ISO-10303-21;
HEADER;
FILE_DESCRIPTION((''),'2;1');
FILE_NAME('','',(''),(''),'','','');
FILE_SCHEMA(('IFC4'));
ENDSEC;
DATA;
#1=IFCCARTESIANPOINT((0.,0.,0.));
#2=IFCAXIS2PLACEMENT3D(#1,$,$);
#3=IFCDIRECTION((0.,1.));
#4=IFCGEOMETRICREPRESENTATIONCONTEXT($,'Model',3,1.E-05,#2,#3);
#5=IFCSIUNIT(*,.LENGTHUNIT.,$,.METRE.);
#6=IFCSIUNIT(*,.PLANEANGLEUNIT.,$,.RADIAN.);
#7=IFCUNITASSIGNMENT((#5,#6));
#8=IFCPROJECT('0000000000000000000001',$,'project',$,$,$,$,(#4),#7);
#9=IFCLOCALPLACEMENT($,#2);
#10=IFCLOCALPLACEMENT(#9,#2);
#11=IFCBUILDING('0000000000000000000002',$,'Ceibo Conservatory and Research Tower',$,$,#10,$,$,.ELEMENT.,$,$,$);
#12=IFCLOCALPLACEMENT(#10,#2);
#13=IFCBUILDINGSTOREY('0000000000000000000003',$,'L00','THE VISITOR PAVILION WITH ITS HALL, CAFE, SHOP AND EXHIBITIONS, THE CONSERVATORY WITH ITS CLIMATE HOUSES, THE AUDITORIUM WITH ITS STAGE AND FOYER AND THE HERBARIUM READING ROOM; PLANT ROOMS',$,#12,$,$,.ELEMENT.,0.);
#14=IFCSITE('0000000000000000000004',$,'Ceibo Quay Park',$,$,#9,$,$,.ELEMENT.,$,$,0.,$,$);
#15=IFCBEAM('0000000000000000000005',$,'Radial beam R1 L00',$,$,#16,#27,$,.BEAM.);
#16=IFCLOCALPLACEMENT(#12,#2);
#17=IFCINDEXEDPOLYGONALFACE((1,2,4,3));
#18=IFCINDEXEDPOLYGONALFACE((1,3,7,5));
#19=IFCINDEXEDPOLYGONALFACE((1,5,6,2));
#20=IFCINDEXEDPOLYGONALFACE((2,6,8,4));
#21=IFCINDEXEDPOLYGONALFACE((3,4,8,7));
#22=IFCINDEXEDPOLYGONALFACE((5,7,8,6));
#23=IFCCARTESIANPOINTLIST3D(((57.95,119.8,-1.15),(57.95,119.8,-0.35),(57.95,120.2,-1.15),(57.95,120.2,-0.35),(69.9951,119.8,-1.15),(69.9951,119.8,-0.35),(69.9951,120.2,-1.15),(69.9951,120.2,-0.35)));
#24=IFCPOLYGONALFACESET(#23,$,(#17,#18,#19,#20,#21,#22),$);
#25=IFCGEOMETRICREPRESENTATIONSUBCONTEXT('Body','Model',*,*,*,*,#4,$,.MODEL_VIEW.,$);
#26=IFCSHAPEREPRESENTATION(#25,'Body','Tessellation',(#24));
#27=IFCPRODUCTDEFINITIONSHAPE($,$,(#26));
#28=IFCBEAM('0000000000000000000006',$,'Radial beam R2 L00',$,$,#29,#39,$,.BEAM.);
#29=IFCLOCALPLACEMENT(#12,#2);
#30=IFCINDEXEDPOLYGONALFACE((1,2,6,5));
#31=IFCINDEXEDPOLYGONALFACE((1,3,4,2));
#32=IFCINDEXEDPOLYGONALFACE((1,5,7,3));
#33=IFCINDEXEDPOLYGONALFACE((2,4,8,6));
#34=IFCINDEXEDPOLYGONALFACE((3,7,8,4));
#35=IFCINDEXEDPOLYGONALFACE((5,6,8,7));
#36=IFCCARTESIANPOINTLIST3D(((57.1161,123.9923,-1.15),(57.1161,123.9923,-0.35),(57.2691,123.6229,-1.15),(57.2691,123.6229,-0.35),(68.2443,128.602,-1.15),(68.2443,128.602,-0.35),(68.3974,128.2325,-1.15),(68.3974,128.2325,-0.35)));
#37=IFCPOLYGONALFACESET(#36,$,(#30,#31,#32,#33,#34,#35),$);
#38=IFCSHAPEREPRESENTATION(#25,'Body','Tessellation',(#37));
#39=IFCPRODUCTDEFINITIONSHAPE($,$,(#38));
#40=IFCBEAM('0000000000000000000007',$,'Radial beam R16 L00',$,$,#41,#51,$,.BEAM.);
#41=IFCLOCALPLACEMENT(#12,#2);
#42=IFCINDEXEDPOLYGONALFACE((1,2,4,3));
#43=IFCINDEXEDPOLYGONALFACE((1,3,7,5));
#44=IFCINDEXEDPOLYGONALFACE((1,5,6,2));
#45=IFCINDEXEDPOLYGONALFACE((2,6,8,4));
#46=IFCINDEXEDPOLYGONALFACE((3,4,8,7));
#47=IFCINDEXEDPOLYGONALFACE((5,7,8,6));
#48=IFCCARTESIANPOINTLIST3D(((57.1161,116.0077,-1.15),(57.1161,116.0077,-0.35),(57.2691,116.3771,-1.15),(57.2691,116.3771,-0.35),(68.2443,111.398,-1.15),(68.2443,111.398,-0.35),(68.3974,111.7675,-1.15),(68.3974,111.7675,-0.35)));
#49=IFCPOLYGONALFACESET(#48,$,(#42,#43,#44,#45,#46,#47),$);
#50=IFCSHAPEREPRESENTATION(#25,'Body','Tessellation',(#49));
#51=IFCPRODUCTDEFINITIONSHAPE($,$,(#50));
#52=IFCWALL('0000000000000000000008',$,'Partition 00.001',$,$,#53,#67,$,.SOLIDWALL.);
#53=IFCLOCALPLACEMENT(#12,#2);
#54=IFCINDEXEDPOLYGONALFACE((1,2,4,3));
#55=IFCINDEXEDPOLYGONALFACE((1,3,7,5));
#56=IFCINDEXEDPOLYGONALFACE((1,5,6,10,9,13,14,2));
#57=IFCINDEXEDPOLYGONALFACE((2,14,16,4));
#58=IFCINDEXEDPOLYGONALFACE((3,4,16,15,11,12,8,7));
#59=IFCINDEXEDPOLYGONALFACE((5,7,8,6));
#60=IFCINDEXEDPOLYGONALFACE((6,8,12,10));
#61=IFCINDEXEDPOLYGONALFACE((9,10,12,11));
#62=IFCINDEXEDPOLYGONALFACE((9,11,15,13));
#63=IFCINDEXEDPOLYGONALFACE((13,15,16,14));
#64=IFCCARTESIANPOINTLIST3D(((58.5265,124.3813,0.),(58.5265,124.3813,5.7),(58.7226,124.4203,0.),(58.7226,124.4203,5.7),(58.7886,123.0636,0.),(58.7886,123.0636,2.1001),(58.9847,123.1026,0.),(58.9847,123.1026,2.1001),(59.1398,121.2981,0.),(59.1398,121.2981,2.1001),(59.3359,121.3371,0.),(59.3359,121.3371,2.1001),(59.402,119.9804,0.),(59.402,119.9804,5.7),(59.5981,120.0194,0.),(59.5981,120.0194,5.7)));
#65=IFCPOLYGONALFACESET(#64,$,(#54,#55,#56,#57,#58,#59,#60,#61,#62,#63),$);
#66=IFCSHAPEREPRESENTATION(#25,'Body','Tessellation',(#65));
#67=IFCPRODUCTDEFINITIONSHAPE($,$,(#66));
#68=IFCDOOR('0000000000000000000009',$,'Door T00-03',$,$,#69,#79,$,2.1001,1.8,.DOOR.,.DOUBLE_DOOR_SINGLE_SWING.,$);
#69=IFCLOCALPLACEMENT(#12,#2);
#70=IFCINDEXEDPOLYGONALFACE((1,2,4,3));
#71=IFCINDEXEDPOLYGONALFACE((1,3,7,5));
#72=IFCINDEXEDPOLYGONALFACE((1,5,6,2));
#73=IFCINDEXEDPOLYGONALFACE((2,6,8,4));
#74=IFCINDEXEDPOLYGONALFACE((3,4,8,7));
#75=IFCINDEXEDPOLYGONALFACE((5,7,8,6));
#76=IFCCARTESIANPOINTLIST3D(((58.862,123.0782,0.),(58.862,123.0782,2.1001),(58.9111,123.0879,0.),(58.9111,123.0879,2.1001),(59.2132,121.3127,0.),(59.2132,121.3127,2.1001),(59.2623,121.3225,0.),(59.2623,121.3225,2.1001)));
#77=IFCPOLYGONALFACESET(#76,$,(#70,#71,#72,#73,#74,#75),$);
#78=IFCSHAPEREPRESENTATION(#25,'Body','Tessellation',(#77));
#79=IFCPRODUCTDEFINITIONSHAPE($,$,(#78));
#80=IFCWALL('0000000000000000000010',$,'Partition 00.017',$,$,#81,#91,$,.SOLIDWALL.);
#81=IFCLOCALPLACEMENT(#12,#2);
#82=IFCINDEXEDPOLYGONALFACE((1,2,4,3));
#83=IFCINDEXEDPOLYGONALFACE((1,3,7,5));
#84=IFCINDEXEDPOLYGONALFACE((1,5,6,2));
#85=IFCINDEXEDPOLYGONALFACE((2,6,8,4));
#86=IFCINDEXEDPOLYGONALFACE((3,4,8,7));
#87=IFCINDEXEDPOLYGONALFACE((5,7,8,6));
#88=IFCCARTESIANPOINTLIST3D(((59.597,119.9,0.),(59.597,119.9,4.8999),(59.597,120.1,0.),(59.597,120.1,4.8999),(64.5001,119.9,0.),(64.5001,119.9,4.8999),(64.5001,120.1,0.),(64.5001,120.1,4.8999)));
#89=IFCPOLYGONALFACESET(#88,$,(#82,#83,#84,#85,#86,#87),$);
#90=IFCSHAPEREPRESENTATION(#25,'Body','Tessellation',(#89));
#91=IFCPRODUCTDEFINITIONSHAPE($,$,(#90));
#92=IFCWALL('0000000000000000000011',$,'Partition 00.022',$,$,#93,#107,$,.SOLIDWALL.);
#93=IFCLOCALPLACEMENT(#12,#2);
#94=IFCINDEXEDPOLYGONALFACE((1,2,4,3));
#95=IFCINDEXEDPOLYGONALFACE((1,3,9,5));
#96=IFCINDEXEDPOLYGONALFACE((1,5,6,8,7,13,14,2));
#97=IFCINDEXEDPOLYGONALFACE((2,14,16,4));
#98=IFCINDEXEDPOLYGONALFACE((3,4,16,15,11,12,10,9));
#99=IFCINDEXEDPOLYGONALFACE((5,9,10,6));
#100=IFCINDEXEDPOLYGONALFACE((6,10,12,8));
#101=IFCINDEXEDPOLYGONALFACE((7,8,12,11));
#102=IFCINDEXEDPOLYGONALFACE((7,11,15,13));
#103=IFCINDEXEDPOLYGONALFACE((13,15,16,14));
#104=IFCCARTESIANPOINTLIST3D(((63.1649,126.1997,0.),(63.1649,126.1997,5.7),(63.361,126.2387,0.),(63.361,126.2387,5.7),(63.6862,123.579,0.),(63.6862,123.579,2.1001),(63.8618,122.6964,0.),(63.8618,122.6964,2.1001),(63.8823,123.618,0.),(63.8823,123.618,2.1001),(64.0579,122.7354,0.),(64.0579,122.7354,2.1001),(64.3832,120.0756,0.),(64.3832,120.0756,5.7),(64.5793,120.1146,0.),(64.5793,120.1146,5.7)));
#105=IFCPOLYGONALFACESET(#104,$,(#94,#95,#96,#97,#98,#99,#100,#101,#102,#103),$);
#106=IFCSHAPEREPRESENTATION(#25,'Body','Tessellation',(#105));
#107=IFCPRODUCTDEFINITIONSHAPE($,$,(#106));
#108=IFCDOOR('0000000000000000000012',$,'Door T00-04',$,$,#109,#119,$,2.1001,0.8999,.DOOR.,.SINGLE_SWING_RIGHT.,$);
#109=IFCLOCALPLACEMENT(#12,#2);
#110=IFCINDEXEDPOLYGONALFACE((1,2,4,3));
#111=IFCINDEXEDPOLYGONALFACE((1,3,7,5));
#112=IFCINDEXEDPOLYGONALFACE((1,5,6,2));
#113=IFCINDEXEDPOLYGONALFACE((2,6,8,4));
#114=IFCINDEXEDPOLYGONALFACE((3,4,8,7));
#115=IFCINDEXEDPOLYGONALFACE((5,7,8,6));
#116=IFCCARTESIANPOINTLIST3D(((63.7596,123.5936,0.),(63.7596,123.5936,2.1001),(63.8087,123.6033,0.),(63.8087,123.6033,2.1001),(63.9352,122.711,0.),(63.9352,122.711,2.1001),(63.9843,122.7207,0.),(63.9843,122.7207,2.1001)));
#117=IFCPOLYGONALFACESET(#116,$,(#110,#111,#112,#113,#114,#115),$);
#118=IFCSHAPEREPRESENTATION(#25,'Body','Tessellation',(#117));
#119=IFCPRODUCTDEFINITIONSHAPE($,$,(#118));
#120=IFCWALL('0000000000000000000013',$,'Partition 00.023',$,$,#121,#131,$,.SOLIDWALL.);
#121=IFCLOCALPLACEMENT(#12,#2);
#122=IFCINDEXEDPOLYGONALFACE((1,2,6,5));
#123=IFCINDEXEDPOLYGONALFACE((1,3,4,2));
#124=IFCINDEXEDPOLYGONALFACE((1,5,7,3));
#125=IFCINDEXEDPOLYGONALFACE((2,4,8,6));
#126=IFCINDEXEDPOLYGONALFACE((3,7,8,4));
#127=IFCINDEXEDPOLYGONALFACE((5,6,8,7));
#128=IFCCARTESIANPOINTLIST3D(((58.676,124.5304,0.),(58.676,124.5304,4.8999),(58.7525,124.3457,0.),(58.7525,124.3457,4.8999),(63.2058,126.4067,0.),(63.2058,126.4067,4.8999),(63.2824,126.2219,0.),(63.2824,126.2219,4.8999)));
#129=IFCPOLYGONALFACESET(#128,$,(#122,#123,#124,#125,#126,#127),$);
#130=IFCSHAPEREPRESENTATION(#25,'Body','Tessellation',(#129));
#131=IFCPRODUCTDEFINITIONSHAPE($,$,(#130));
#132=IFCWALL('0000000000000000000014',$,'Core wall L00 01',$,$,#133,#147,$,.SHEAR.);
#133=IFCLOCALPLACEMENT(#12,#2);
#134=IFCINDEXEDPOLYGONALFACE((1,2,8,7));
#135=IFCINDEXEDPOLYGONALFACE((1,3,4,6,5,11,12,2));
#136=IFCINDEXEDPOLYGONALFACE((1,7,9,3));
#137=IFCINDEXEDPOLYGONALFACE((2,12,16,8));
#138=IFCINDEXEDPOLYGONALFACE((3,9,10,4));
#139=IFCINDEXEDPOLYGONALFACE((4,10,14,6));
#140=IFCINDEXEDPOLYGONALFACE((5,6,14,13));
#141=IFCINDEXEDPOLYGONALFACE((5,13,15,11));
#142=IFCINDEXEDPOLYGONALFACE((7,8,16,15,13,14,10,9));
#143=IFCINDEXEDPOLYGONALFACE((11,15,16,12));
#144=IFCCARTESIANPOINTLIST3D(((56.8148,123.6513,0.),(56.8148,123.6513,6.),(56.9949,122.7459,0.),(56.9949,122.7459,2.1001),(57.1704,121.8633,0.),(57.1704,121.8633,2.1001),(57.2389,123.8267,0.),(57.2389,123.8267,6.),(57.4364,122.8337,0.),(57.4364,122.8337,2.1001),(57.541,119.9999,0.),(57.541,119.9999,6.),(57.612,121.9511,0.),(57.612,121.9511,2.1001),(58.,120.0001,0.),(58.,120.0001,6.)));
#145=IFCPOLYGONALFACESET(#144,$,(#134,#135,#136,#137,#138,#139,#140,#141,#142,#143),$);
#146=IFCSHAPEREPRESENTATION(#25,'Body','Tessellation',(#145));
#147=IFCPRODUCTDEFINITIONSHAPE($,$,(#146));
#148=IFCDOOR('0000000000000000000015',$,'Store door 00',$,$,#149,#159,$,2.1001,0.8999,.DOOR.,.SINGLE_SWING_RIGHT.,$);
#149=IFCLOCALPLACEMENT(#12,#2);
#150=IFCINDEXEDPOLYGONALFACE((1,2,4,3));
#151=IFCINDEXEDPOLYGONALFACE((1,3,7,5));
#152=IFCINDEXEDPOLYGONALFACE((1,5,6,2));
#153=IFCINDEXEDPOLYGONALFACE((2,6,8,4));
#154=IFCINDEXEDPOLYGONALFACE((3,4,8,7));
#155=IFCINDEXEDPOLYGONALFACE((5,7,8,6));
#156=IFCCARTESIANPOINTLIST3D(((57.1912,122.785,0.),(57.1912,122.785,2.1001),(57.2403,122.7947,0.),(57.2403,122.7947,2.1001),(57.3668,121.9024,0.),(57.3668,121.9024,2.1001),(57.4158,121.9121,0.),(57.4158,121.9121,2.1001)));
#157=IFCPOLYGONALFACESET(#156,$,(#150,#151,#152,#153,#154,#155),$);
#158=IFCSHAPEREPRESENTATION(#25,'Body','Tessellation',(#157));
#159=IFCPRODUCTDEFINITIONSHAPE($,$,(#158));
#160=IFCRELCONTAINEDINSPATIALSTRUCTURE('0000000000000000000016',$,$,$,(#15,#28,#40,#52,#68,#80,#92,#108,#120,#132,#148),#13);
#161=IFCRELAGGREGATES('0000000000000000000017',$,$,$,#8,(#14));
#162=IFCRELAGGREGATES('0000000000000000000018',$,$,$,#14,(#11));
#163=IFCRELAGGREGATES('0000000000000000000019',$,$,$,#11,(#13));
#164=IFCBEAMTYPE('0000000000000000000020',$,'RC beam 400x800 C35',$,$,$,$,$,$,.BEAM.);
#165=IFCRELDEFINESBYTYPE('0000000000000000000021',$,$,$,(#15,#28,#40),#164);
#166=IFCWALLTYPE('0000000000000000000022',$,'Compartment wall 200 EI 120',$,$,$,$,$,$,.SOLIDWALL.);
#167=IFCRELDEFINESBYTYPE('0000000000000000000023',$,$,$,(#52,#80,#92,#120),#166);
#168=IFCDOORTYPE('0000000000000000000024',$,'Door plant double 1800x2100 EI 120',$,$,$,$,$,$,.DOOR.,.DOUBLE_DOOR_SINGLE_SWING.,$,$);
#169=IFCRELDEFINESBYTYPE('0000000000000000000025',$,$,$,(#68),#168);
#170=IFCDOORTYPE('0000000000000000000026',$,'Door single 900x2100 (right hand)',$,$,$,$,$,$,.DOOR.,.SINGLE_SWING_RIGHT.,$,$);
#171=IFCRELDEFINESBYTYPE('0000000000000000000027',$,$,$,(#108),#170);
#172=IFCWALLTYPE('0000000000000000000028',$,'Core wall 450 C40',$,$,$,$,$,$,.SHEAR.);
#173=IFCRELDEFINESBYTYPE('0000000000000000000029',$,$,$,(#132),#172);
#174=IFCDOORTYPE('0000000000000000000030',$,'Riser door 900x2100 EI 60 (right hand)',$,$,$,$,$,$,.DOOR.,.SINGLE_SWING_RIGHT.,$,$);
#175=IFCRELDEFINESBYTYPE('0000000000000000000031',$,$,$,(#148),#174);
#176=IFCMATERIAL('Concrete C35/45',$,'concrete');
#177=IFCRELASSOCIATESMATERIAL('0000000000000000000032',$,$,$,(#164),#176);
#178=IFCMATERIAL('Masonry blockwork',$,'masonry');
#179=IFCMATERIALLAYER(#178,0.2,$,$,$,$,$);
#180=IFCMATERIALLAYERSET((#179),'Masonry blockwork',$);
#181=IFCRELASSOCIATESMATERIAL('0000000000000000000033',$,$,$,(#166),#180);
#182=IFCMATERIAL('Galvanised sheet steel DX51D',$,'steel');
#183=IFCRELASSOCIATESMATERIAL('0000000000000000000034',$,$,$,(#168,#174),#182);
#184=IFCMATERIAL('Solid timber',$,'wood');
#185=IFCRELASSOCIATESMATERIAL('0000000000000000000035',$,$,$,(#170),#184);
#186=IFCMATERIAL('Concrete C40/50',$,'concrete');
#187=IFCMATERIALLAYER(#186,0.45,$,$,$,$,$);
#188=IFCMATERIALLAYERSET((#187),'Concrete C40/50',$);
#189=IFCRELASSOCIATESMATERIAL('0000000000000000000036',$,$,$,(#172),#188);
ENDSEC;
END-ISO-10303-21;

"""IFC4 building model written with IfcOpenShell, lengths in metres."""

from ifc_helpers import new_model, si_unit, direction, frame, frame_2d, origin, origin_2d, place, context, subcontext, project, spatial, polyline, rectangle, outline, extrude, material, layer, layer_set, material_profile, profile_set, type_object, element, fill, save


model = new_model("IFC4")

# Units and contexts
model_context = context("Model", 3, precision=1e-05, world=origin(), true_north=direction((0.0, 1.0)))
body_context = subcontext(model_context, "Body", "Model", "MODEL_VIEW")
ifc_project = project(units=[si_unit("LENGTHUNIT", "METRE"), si_unit("PLANEANGLEUNIT", "RADIAN")], contexts=[model_context])

# Site, building, storey
site_placement = place(None, origin())
site = spatial("IfcSite", under=ifc_project, at=site_placement, Name="Ceibo Quay Park", CompositionType="ELEMENT", RefElevation=0.0)
building_placement = place(site_placement, origin())
building = spatial("IfcBuilding", under=site, at=building_placement, Name="Ceibo Conservatory and Research Tower", CompositionType="ELEMENT")
storey_placement = place(building_placement, origin())
storey = spatial("IfcBuildingStorey", under=building, at=storey_placement, Name="L00", Description="THE VISITOR PAVILION WITH ITS HALL, CAFE, SHOP AND EXHIBITIONS, THE CONSERVATORY WITH ITS CLIMATE HOUSES, THE AUDITORIUM WITH ITS STAGE AND FOYER AND THE HERBARIUM READING ROOM; PLANT ROOMS", CompositionType="ELEMENT", Elevation=0.0)

# Beams
ifc_material_1 = material(Name="Concrete C35/45", Category="concrete")
ifc_material_profile = material_profile(ifc_material_1, rectangle(XDim=0.3999, YDim=0.8, at=origin_2d()), Name="RC 400x800")
ifc_profile_set = profile_set([ifc_material_profile], Name="Concrete C35/45")
beam_type = type_object("IfcBeamType", Name="RC beam 400x800 C35", PredefinedType="BEAM", material=ifc_profile_set)
for number, where, z_axis, x_axis, name in (
    (1, (57.95, 120.0, -0.75), (1.0, 0.0, 0.0), (0.0, 1.0, 0.0), "Radial beam R1 L00"),
    (2, (57.1926, 123.8076, -0.75), (0.923874, 0.382696, 0.0), (-0.382696, 0.923874, 0.0), "Radial beam R2 L00"),
    (3, (57.1926, 116.1924, -0.75), (0.923874, -0.382696, 0.0), (0.382696, 0.923874, 0.0), "Radial beam R16 L00"),
):
    element("IfcBeam", number, at=place(storey_placement, frame(where, z_axis=z_axis, x_axis=x_axis)), inside=storey, type_object=beam_type, Name=name, PredefinedType="BEAM", context=body_context, shape_type="SweptSolid", body=[
        extrude(rectangle(XDim=0.3999, YDim=0.8, at=origin_2d()), origin(), (0.0, 0.0, 1.0), 12.0452),
    ])

# Wall, opening, door
ifc_material_2 = material(Name="Masonry blockwork", Category="masonry")
ifc_layer_1 = layer(ifc_material_2, 0.2)
ifc_layer_set_1 = layer_set([ifc_layer_1], Name="Masonry blockwork")
wall_type_1 = type_object("IfcWallType", Name="Compartment wall 200 EI 120", PredefinedType="SOLIDWALL", material=ifc_layer_set_1)
wall_1_placement = place(storey_placement, frame((58.6245, 124.4009, 0.0), z_axis=(0.0, 0.0, 1.0), x_axis=(0.195112, -0.980781, 0.0)))
wall_1 = element("IfcWall", 4, at=wall_1_placement, inside=storey, type_object=wall_type_1, Name="Partition 00.001", PredefinedType="SOLIDWALL", context=body_context, shape_type="SweptSolid", body=[
    extrude(rectangle(XDim=4.4871, YDim=0.2, at=frame_2d((2.2437, 0.0))), origin(), (0.0, 0.0, 1.0), 5.7),
])
opening_1_placement = place(wall_1_placement, frame((1.3438, 0.0, 0.0)))
opening_1 = element("IfcOpeningElement", 5, at=opening_1_placement, cuts=wall_1, PredefinedType="OPENING", context=body_context, shape_type="SweptSolid", body=[
    extrude(rectangle(XDim=1.8, YDim=2.1001, at=frame_2d((0.8999, 1.05))), frame((0.0, 0.1099, 0.0), z_axis=(0.0, -1.0, 0.0), x_axis=(1.0, 0.0, 0.0)), (0.0, 0.0, 1.0), 0.22),
])
ifc_material_3 = material(Name="Galvanised sheet steel DX51D", Category="steel")
door_type_1 = type_object("IfcDoorType", Name="Door plant double 1800x2100 EI 120", OperationType="DOUBLE_DOOR_SINGLE_SWING", PredefinedType="DOOR", material=ifc_material_3)
door_1_placement = place(opening_1_placement, origin())
door_1 = element("IfcDoor", 6, at=door_1_placement, inside=storey, type_object=door_type_1, Name="Door T00-03", OperationType="DOUBLE_DOOR_SINGLE_SWING", OverallHeight=2.1001, OverallWidth=1.8, PredefinedType="DOOR", context=body_context, shape_type="SweptSolid", body=[
    extrude(rectangle(XDim=1.8, YDim=2.1001, at=frame_2d((0.8999, 1.05))), frame((0.0, 0.0249, 0.0), z_axis=(0.0, -1.0, 0.0), x_axis=(1.0, 0.0, 0.0)), (0.0, 0.0, 1.0), 0.05),
])
fill(opening_1, door_1)

# Wall
wall_2_placement = place(storey_placement, frame((59.5969, 120.0, 0.0), z_axis=(0.0, 0.0, 1.0), x_axis=(1.0, 0.0, 0.0)))
element("IfcWall", 7, at=wall_2_placement, inside=storey, type_object=wall_type_1, Name="Partition 00.017", PredefinedType="SOLIDWALL", context=body_context, shape_type="SweptSolid", body=[
    extrude(rectangle(XDim=4.9031, YDim=0.2, at=frame_2d((2.4517, 0.0))), origin(), (0.0, 0.0, 1.0), 4.8999),
])

# Wall, opening, door
wall_3_placement = place(storey_placement, frame((63.2629, 126.2192, 0.0), z_axis=(0.0, 0.0, 1.0), x_axis=(0.195108, -0.980782, 0.0)))
wall_3 = element("IfcWall", 8, at=wall_3_placement, inside=storey, type_object=wall_type_1, Name="Partition 00.022", PredefinedType="SOLIDWALL", context=body_context, shape_type="SweptSolid", body=[
    extrude(rectangle(XDim=6.2441, YDim=0.2, at=frame_2d((3.1221, 0.0))), origin(), (0.0, 0.0, 1.0), 5.7),
])
opening_2_placement = place(wall_3_placement, frame((2.6721, 0.0, 0.0)))
opening_2 = element("IfcOpeningElement", 9, at=opening_2_placement, cuts=wall_3, PredefinedType="OPENING", context=body_context, shape_type="SweptSolid", body=[
    extrude(rectangle(XDim=0.8999, YDim=2.1001, at=frame_2d((0.45, 1.05))), frame((0.0, 0.1099, 0.0), z_axis=(0.0, -1.0, 0.0), x_axis=(1.0, 0.0, 0.0)), (0.0, 0.0, 1.0), 0.22),
])
ifc_material_4 = material(Name="Solid timber", Category="wood")
door_type_2 = type_object("IfcDoorType", Name="Door single 900x2100 (right hand)", OperationType="SINGLE_SWING_RIGHT", PredefinedType="DOOR", material=ifc_material_4)
door_2_placement = place(opening_2_placement, origin())
door_2 = element("IfcDoor", 10, at=door_2_placement, inside=storey, type_object=door_type_2, Name="Door T00-04", OperationType="SINGLE_SWING_RIGHT", OverallHeight=2.1001, OverallWidth=0.8999, PredefinedType="DOOR", context=body_context, shape_type="SweptSolid", body=[
    extrude(rectangle(XDim=0.8999, YDim=2.1001, at=frame_2d((0.45, 1.05))), frame((0.0, 0.0249, 0.0), z_axis=(0.0, -1.0, 0.0), x_axis=(1.0, 0.0, 0.0)), (0.0, 0.0, 1.0), 0.05),
])
fill(opening_2, door_2)

# Wall
wall_4_placement = place(storey_placement, frame((58.7141, 124.438, 0.0), z_axis=(0.0, 0.0, 1.0), x_axis=(0.923885, 0.38267, 0.0)))
element("IfcWall", 11, at=wall_4_placement, inside=storey, type_object=wall_type_1, Name="Partition 00.023", PredefinedType="SOLIDWALL", context=body_context, shape_type="SweptSolid", body=[
    extrude(rectangle(XDim=4.9031, YDim=0.2, at=frame_2d((2.4517, 0.0))), origin(), (0.0, 0.0, 1.0), 4.8999),
])

# Wall, opening, door
ifc_material_5 = material(Name="Concrete C40/50", Category="concrete")
ifc_layer_2 = layer(ifc_material_5, 0.45)
ifc_layer_set_2 = layer_set([ifc_layer_2], Name="Concrete C40/50")
wall_type_2 = type_object("IfcWallType", Name="Core wall 450 C40", PredefinedType="SHEAR", material=ifc_layer_set_2)
wall_5_placement = place(storey_placement, frame((57.7705, 120.0, 0.0), z_axis=(0.0, 0.0, 1.0), x_axis=(-0.195069, 0.980789, 0.0)))
wall_5 = element("IfcWall", 12, at=wall_5_placement, inside=storey, type_object=wall_type_2, Name="Core wall L00 01", PredefinedType="SHEAR", context=body_context, shape_type="SweptSolid", body=[
    extrude(outline(polyline([(-0.0447, -0.2251), (3.8569, -0.2251), (3.7676, 0.2251), (0.0447, 0.2251), (-0.0447, -0.2251)])), origin(), (0.0, 0.0, 1.0), 6.0),
])
opening_3_placement = place(wall_5_placement, frame((1.9446, 0.0, 0.0)))
opening_3 = element("IfcOpeningElement", 13, at=opening_3_placement, cuts=wall_5, PredefinedType="OPENING", context=body_context, shape_type="SweptSolid", body=[
    extrude(rectangle(XDim=0.8999, YDim=2.1001, at=frame_2d((0.45, 1.05))), frame((0.0, 0.2349, 0.0), z_axis=(0.0, -1.0, 0.0), x_axis=(1.0, 0.0, 0.0)), (0.0, 0.0, 1.0), 0.47),
])
door_type_3 = type_object("IfcDoorType", Name="Riser door 900x2100 EI 60 (right hand)", OperationType="SINGLE_SWING_RIGHT", PredefinedType="DOOR", material=ifc_material_3)
door_3_placement = place(opening_3_placement, origin())
door_3 = element("IfcDoor", 14, at=door_3_placement, inside=storey, type_object=door_type_3, Name="Store door 00", OperationType="SINGLE_SWING_RIGHT", OverallHeight=2.1001, OverallWidth=0.8999, PredefinedType="DOOR", context=body_context, shape_type="SweptSolid", body=[
    extrude(rectangle(XDim=0.8999, YDim=2.1001, at=frame_2d((0.45, 1.05))), frame((0.0, 0.0249, 0.0), z_axis=(0.0, -1.0, 0.0), x_axis=(1.0, 0.0, 0.0)), (0.0, 0.0, 1.0), 0.05),
])
fill(opening_3, door_3)

save(model, "model.ifc")
